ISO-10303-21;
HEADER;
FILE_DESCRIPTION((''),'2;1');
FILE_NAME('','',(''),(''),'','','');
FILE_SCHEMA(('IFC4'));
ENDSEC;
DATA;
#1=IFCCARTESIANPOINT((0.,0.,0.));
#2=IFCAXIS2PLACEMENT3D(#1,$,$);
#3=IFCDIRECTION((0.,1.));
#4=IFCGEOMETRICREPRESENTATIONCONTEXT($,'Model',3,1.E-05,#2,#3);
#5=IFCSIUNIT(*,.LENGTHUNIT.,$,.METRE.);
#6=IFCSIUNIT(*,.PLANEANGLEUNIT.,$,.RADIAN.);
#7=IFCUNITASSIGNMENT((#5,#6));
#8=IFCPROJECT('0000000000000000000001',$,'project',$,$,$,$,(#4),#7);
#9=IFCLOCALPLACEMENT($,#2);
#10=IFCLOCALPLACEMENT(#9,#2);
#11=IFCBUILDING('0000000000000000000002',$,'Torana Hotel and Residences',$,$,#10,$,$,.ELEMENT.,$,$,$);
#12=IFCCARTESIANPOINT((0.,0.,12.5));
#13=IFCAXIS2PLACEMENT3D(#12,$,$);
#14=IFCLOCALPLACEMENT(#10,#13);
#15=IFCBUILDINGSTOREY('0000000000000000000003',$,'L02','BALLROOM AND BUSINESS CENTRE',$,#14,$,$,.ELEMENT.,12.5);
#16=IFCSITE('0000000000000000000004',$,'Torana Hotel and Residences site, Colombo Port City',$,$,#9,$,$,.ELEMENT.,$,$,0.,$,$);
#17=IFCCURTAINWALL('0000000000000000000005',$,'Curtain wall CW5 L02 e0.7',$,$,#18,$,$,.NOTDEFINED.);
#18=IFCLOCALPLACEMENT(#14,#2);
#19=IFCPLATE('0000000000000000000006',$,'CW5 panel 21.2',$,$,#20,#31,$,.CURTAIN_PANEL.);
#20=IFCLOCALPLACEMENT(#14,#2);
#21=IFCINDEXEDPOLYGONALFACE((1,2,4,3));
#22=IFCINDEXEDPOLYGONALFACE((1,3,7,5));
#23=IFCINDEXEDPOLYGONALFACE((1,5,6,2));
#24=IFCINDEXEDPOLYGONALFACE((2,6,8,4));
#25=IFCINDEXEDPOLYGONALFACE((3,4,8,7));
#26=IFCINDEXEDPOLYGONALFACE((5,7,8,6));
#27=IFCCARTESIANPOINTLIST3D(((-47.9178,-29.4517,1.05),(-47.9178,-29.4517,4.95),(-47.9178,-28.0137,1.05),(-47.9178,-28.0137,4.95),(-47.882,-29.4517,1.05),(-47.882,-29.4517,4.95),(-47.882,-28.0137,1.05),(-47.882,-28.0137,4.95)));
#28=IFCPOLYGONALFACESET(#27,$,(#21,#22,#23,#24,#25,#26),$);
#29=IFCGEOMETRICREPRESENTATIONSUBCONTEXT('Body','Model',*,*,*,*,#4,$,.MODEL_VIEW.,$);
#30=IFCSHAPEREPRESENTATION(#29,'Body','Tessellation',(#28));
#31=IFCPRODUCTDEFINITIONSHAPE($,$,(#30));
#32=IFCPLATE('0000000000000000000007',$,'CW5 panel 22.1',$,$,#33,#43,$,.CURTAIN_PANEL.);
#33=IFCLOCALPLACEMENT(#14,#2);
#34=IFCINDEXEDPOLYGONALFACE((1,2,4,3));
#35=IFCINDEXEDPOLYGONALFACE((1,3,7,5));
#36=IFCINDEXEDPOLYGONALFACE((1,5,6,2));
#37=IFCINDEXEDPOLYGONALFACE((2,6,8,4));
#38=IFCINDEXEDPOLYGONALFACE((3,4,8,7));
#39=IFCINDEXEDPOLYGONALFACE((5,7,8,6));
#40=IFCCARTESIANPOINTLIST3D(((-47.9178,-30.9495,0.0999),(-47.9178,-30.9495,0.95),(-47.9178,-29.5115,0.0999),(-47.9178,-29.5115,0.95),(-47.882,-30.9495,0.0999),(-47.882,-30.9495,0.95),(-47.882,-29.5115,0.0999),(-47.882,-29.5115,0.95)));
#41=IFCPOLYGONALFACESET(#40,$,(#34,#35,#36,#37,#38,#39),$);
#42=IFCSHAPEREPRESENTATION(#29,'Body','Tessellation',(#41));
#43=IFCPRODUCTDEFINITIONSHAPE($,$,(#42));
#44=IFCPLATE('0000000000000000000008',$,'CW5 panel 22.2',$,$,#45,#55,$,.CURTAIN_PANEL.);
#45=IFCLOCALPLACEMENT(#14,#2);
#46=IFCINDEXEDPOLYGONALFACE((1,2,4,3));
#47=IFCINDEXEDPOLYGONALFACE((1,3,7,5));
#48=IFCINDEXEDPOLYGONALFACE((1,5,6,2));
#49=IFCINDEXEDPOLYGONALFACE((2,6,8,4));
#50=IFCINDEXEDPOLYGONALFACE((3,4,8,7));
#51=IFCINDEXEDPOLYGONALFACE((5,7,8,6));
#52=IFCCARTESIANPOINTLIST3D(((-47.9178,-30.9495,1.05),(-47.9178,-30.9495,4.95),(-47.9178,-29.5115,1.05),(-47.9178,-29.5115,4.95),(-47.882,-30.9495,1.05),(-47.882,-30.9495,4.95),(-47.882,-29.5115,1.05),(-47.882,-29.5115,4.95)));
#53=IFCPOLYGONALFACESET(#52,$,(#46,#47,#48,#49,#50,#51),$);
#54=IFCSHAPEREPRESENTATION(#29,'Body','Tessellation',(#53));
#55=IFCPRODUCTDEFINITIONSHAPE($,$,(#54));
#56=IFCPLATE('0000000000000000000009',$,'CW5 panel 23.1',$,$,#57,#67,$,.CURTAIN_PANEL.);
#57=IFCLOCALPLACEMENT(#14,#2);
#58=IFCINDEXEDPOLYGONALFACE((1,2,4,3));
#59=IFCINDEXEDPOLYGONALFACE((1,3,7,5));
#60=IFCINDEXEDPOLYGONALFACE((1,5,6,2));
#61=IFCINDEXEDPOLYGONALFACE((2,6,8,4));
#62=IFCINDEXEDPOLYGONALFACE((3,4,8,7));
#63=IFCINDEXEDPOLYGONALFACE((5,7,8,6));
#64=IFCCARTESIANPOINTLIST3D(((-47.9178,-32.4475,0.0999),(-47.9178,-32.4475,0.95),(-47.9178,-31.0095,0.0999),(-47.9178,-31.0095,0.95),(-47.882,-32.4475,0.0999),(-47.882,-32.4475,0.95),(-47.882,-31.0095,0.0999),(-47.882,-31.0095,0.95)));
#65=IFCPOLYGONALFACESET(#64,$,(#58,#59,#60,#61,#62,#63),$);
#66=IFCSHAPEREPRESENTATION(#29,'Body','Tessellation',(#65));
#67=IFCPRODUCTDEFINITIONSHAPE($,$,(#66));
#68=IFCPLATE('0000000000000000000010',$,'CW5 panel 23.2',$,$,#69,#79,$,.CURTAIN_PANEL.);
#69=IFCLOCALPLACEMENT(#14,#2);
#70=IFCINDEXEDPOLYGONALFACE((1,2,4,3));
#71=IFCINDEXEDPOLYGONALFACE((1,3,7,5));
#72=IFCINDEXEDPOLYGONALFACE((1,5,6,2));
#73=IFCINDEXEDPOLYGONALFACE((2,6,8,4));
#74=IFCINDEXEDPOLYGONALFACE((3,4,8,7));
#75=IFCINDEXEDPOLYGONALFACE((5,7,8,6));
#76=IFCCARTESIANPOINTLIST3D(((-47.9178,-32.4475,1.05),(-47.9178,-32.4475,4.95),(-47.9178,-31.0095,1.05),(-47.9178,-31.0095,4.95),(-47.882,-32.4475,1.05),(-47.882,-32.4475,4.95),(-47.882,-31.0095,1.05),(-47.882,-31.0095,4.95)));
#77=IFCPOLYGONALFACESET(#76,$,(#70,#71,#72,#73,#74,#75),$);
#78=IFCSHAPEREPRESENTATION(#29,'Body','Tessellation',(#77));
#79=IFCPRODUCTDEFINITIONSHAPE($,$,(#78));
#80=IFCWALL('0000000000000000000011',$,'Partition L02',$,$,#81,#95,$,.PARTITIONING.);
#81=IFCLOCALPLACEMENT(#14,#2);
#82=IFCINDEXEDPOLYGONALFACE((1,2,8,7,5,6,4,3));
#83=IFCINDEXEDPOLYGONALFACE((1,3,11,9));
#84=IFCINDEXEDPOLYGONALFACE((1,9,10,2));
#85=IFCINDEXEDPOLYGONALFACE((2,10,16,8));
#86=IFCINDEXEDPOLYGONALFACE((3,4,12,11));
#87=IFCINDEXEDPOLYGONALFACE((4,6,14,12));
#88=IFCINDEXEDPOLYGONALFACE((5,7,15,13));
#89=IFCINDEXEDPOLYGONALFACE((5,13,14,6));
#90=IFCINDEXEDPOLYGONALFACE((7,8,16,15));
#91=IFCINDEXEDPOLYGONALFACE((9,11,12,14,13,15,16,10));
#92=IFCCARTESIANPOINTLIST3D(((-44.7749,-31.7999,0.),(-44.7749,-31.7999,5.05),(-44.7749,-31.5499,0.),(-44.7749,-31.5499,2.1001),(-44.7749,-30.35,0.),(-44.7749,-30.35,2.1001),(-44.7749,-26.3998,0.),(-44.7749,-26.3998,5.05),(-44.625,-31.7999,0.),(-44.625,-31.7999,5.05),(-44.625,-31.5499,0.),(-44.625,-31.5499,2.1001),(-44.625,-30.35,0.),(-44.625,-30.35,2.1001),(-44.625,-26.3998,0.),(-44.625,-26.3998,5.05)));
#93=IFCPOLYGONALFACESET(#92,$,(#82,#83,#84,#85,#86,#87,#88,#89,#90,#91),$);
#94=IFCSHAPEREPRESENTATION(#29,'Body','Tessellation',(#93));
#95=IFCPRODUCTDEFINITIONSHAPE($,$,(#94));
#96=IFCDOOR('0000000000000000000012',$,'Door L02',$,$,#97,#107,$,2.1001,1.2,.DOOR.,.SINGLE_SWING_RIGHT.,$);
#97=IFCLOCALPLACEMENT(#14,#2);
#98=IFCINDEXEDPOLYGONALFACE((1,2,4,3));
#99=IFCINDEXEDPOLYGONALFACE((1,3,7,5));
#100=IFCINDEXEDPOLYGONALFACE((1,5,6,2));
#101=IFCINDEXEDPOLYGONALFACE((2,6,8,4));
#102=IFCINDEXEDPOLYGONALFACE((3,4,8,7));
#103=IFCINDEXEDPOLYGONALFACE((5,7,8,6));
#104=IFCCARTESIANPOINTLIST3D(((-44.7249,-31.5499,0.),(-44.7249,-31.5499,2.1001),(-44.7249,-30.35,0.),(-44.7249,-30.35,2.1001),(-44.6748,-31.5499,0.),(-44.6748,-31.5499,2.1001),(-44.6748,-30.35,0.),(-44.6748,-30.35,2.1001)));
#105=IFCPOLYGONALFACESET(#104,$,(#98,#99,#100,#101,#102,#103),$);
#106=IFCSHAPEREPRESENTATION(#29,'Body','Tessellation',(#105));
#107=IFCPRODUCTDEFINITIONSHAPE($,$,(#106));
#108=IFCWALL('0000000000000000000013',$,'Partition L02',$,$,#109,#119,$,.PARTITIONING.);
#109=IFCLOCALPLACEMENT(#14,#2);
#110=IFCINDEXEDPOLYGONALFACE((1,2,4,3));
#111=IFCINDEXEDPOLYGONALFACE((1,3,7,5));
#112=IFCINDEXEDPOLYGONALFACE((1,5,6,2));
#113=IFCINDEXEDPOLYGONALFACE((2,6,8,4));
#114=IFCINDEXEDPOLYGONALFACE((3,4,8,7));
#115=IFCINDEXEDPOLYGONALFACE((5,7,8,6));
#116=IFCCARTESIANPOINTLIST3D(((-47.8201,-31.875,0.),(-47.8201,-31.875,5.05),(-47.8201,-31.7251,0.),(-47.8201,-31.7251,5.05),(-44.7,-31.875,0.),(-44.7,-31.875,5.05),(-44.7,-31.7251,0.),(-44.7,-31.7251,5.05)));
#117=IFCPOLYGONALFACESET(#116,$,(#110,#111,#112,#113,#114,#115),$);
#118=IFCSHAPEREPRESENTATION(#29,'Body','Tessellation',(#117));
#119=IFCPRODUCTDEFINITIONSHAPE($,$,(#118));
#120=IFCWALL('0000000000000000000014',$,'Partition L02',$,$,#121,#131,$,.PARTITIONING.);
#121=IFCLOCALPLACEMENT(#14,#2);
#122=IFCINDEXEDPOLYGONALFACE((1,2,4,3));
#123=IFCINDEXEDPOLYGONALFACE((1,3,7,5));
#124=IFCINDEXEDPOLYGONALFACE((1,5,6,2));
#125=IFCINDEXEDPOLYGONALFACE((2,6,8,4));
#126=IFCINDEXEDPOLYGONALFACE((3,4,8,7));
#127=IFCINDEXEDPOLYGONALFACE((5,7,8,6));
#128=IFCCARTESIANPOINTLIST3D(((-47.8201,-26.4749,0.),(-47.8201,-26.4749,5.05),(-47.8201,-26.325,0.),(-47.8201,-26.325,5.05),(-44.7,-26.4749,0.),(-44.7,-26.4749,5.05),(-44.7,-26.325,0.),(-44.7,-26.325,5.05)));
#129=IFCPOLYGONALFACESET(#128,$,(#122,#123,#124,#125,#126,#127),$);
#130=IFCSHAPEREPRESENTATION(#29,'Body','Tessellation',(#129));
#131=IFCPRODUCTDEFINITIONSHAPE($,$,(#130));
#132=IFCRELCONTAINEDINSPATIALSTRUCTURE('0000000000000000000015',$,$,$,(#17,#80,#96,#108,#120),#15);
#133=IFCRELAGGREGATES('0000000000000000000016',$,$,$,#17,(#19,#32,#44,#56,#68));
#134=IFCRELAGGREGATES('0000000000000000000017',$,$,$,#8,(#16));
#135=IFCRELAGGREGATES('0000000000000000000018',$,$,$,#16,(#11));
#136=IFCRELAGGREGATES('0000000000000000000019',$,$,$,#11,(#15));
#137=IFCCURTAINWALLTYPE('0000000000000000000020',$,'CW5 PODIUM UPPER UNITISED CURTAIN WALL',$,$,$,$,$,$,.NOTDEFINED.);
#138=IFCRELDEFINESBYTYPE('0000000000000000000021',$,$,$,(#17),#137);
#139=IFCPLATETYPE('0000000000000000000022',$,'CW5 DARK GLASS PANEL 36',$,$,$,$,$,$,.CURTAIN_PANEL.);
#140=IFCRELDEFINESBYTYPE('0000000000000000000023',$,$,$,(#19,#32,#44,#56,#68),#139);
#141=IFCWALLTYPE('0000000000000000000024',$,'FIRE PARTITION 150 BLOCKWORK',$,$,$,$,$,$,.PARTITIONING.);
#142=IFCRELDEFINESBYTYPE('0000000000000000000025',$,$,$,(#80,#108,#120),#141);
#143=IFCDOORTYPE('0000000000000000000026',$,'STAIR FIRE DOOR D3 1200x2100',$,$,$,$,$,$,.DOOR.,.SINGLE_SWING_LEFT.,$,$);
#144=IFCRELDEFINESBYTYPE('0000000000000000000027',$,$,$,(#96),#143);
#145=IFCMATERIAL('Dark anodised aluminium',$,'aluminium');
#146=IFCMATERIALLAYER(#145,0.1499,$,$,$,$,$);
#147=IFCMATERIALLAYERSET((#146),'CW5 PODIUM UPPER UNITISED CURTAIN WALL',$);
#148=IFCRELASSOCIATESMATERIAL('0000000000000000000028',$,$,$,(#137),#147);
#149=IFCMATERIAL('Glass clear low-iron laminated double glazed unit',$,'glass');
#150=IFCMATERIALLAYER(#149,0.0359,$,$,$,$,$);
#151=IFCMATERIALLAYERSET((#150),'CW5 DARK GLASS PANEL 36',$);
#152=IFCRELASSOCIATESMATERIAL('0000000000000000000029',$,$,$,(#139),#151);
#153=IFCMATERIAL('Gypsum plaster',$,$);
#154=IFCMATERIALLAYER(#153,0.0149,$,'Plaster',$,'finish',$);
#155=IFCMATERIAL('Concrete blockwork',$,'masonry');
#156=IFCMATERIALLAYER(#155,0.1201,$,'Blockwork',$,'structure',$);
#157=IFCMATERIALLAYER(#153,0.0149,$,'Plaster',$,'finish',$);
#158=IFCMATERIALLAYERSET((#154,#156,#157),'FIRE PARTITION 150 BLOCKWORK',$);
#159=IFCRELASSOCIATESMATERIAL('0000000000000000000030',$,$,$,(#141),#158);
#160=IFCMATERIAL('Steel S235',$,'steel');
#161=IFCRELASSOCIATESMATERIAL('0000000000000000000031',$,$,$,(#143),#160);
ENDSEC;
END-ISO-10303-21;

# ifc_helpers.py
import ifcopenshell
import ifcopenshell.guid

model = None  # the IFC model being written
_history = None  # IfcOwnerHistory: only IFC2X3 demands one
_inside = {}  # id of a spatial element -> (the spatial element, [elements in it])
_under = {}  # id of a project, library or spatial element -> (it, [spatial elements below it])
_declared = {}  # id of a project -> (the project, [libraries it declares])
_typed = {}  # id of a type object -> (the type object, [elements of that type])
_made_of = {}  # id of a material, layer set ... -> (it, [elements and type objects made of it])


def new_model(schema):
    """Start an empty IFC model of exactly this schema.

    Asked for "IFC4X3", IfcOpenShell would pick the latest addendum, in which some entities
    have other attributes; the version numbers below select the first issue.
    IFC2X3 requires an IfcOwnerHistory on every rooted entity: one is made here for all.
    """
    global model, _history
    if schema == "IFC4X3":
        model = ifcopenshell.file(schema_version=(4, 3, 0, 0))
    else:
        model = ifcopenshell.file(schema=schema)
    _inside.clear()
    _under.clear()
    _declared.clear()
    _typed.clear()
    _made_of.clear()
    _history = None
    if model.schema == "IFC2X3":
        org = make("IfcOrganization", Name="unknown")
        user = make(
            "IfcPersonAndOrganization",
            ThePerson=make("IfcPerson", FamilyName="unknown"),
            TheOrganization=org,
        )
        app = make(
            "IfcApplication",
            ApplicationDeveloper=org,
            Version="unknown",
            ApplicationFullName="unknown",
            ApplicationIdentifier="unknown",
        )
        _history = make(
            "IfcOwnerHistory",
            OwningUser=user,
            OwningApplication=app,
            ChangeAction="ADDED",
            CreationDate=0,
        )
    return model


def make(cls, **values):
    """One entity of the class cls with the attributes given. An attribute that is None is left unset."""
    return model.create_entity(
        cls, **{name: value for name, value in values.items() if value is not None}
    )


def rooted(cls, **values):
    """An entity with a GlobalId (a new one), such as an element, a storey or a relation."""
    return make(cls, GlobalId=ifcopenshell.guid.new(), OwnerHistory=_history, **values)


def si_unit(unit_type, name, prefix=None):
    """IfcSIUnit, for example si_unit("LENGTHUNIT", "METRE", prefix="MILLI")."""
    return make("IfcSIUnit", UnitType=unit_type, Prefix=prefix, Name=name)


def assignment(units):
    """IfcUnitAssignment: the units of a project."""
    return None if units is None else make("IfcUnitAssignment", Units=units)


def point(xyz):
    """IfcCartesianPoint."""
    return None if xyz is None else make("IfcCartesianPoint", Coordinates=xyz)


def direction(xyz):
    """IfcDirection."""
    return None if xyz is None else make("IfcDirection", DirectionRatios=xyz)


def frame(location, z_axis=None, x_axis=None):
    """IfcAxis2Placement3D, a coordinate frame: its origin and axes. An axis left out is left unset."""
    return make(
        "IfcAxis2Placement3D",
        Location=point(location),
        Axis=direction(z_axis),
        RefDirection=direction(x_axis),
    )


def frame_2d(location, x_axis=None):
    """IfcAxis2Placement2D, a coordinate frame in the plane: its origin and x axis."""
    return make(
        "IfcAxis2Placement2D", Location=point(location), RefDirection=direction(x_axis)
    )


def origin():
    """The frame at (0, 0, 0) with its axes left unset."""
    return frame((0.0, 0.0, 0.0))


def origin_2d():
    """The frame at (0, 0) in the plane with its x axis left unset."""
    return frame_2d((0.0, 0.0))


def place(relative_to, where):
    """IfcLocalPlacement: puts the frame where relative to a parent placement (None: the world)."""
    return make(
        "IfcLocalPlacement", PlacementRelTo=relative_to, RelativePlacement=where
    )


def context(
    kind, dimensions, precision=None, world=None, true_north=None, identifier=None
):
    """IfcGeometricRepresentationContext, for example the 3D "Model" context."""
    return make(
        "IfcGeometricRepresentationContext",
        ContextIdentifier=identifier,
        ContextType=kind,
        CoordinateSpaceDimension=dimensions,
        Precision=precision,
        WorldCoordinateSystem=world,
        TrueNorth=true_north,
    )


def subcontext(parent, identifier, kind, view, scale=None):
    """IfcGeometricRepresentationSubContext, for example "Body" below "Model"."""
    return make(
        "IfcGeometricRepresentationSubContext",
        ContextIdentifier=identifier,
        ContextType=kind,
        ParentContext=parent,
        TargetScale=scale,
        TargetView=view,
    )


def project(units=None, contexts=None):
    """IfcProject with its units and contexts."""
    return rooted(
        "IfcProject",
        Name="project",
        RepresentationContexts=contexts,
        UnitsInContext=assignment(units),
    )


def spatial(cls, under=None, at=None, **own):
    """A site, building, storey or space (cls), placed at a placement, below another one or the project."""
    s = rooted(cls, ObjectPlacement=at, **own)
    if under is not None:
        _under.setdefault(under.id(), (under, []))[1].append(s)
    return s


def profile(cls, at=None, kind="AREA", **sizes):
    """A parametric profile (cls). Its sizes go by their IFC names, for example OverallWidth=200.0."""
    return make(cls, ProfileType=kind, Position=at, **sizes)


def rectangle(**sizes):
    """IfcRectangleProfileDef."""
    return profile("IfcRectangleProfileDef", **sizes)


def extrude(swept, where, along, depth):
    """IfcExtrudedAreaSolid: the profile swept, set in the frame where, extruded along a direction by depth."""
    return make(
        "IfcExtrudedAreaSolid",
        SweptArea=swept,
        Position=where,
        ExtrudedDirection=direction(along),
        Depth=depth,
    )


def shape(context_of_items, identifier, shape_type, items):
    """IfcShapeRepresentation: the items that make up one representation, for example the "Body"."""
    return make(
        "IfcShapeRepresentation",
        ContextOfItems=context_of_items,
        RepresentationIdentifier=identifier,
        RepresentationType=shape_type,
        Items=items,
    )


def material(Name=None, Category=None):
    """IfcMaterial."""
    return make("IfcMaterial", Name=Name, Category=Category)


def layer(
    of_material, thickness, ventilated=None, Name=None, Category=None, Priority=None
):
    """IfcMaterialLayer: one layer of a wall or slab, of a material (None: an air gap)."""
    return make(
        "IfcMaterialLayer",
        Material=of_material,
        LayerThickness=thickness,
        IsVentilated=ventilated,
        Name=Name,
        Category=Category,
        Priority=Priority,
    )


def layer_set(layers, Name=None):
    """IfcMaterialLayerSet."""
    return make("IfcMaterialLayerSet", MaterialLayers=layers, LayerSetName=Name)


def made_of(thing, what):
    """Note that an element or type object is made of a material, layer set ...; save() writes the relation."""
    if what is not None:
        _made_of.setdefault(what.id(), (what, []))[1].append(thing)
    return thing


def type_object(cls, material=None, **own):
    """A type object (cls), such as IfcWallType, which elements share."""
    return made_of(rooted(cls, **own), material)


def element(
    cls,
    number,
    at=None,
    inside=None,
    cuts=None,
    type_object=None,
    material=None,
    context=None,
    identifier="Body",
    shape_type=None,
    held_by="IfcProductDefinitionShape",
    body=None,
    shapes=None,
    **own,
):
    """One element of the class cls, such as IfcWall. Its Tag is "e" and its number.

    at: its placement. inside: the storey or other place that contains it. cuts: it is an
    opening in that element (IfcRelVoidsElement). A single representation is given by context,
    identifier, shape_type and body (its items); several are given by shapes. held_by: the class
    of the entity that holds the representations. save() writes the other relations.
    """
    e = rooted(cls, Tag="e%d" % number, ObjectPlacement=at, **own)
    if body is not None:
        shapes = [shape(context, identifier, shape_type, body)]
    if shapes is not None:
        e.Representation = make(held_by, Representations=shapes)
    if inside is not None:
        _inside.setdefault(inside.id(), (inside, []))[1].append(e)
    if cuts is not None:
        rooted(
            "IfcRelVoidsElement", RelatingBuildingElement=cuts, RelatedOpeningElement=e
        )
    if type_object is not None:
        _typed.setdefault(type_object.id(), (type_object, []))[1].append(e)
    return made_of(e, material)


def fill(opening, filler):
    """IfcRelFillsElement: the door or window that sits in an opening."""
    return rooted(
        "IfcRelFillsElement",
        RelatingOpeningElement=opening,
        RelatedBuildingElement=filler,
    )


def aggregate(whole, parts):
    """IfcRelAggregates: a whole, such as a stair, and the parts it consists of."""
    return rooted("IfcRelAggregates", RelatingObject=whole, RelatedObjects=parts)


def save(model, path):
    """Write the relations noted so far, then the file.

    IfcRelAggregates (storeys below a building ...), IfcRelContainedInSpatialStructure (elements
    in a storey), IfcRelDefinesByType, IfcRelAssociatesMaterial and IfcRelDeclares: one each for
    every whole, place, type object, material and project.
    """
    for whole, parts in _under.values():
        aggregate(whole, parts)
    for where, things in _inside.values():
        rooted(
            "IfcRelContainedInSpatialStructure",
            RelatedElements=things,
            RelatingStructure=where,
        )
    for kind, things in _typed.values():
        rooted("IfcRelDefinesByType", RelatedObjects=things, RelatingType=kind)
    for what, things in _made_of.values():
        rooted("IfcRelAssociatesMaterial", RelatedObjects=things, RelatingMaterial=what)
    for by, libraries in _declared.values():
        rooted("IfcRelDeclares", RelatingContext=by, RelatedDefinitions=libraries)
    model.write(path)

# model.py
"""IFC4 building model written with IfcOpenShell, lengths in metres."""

from ifc_helpers import new_model, si_unit, direction, frame, frame_2d, origin, origin_2d, place, context, subcontext, project, spatial, rectangle, extrude, material, layer, layer_set, type_object, element, fill, aggregate, save


model = new_model("IFC4")

# Units and contexts
model_context = context("Model", 3, precision=1e-05, world=origin(), true_north=direction((0.0, 1.0)))
body_context = subcontext(model_context, "Body", "Model", "MODEL_VIEW")
ifc_project = project(units=[si_unit("LENGTHUNIT", "METRE"), si_unit("PLANEANGLEUNIT", "RADIAN")], contexts=[model_context])

# Site, building, storey
site_placement = place(None, origin())
site = spatial("IfcSite", under=ifc_project, at=site_placement, Name="Torana Hotel and Residences site, Colombo Port City", CompositionType="ELEMENT", RefElevation=0.0)
building_placement = place(site_placement, origin())
building = spatial("IfcBuilding", under=site, at=building_placement, Name="Torana Hotel and Residences", CompositionType="ELEMENT")
storey_placement = place(building_placement, frame((0.0, 0.0, 12.5)))
storey = spatial("IfcBuildingStorey", under=building, at=storey_placement, Name="L02", Description="BALLROOM AND BUSINESS CENTRE", CompositionType="ELEMENT", Elevation=12.5)

# Curtain wall, plates
ifc_material_1 = material(Name="Dark anodised aluminium", Category="aluminium")
ifc_layer_1 = layer(ifc_material_1, 0.1499)
ifc_layer_set_1 = layer_set([ifc_layer_1], Name="CW5 PODIUM UPPER UNITISED CURTAIN WALL")
curtain_wall_type = type_object("IfcCurtainWallType", Name="CW5 PODIUM UPPER UNITISED CURTAIN WALL", PredefinedType="NOTDEFINED", material=ifc_layer_set_1)
curtain_wall_placement = place(storey_placement, origin())
curtain_wall = element("IfcCurtainWall", 1, at=curtain_wall_placement, inside=storey, type_object=curtain_wall_type, Name="Curtain wall CW5 L02 e0.7", PredefinedType="NOTDEFINED")
ifc_material_2 = material(Name="Glass clear low-iron laminated double glazed unit", Category="glass")
ifc_layer_2 = layer(ifc_material_2, 0.0359)
ifc_layer_set_2 = layer_set([ifc_layer_2], Name="CW5 DARK GLASS PANEL 36")
plate_type = type_object("IfcPlateType", Name="CW5 DARK GLASS PANEL 36", PredefinedType="CURTAIN_PANEL", material=ifc_layer_set_2)
plate_1_placement = place(storey_placement, frame((-47.8999, -28.7327, 1.05), z_axis=(0.0, 0.0, 1.0), x_axis=(0.0, -1.0, 0.0)))
plate_1 = element("IfcPlate", 2, at=plate_1_placement, type_object=plate_type, Name="CW5 panel 21.2", PredefinedType="CURTAIN_PANEL", context=body_context, shape_type="SweptSolid", body=[
    extrude(rectangle(XDim=1.438, YDim=0.0359, at=origin_2d()), origin(), (0.0, 0.0, 1.0), 3.8999),
])
plate_2_placement = place(storey_placement, frame((-47.8999, -30.2305, 0.0999), z_axis=(0.0, 0.0, 1.0), x_axis=(0.0, -1.0, 0.0)))
plate_2 = element("IfcPlate", 3, at=plate_2_placement, type_object=plate_type, Name="CW5 panel 22.1", PredefinedType="CURTAIN_PANEL", context=body_context, shape_type="SweptSolid", body=[
    extrude(rectangle(XDim=1.438, YDim=0.0359, at=origin_2d()), origin(), (0.0, 0.0, 1.0), 0.8501),
])
plate_3_placement = place(storey_placement, frame((-47.8999, -30.2305, 1.05), z_axis=(0.0, 0.0, 1.0), x_axis=(0.0, -1.0, 0.0)))
plate_3 = element("IfcPlate", 4, at=plate_3_placement, type_object=plate_type, Name="CW5 panel 22.2", PredefinedType="CURTAIN_PANEL", context=body_context, shape_type="SweptSolid", body=[
    extrude(rectangle(XDim=1.438, YDim=0.0359, at=origin_2d()), origin(), (0.0, 0.0, 1.0), 3.8999),
])
plate_4_placement = place(storey_placement, frame((-47.8999, -31.7285, 0.0999), z_axis=(0.0, 0.0, 1.0), x_axis=(0.0, -1.0, 0.0)))
plate_4 = element("IfcPlate", 5, at=plate_4_placement, type_object=plate_type, Name="CW5 panel 23.1", PredefinedType="CURTAIN_PANEL", context=body_context, shape_type="SweptSolid", body=[
    extrude(rectangle(XDim=1.438, YDim=0.0359, at=origin_2d()), origin(), (0.0, 0.0, 1.0), 0.8501),
])
plate_5_placement = place(storey_placement, frame((-47.8999, -31.7285, 1.05), z_axis=(0.0, 0.0, 1.0), x_axis=(0.0, -1.0, 0.0)))
plate_5 = element("IfcPlate", 6, at=plate_5_placement, type_object=plate_type, Name="CW5 panel 23.2", PredefinedType="CURTAIN_PANEL", context=body_context, shape_type="SweptSolid", body=[
    extrude(rectangle(XDim=1.438, YDim=0.0359, at=origin_2d()), origin(), (0.0, 0.0, 1.0), 3.8999),
])
aggregate(curtain_wall, [plate_1, plate_2, plate_3, plate_4, plate_5])

# Wall, opening, door
ifc_material_3 = material(Name="Gypsum plaster")
ifc_layer_3 = layer(ifc_material_3, 0.0149, Name="Plaster", Category="finish")
ifc_material_4 = material(Name="Concrete blockwork", Category="masonry")
ifc_layer_4 = layer(ifc_material_4, 0.1201, Name="Blockwork", Category="structure")
ifc_layer_5 = layer(ifc_material_3, 0.0149, Name="Plaster", Category="finish")
ifc_layer_set_3 = layer_set([ifc_layer_3, ifc_layer_4, ifc_layer_5], Name="FIRE PARTITION 150 BLOCKWORK")
wall_type = type_object("IfcWallType", Name="FIRE PARTITION 150 BLOCKWORK", PredefinedType="PARTITIONING", material=ifc_layer_set_3)
wall_placement = place(storey_placement, frame((-44.7, -31.8, 0.0), z_axis=(0.0, 0.0, 1.0), x_axis=(0.0, 1.0, 0.0)))
wall = element("IfcWall", 7, at=wall_placement, inside=storey, type_object=wall_type, Name="Partition L02", PredefinedType="PARTITIONING", context=body_context, shape_type="SweptSolid", body=[
    extrude(rectangle(XDim=5.4001, YDim=0.1499, at=frame_2d((2.7002, 0.0))), origin(), (0.0, 0.0, 1.0), 5.05),
])
opening_placement = place(wall_placement, frame((0.25, 0.0, 0.0)))
opening = element("IfcOpeningElement", 8, at=opening_placement, cuts=wall, PredefinedType="OPENING", context=body_context, shape_type="SweptSolid", body=[
    extrude(rectangle(XDim=1.2, YDim=2.1001, at=frame_2d((0.6001, 1.05))), frame((0.0, 0.085, 0.0), z_axis=(0.0, -1.0, 0.0), x_axis=(1.0, 0.0, 0.0)), (0.0, 0.0, 1.0), 0.1699),
])
ifc_material_5 = material(Name="Steel S235", Category="steel")
door_type = type_object("IfcDoorType", Name="STAIR FIRE DOOR D3 1200x2100", OperationType="SINGLE_SWING_LEFT", PredefinedType="DOOR", material=ifc_material_5)
door_placement = place(opening_placement, origin())
door = element("IfcDoor", 9, at=door_placement, inside=storey, type_object=door_type, Name="Door L02", OperationType="SINGLE_SWING_RIGHT", OverallHeight=2.1001, OverallWidth=1.2, PredefinedType="DOOR", context=body_context, shape_type="SweptSolid", body=[
    extrude(rectangle(XDim=1.2, YDim=2.1001, at=frame_2d((0.6001, 1.05))), frame((0.0, 0.0249, 0.0), z_axis=(0.0, -1.0, 0.0), x_axis=(1.0, 0.0, 0.0)), (0.0, 0.0, 1.0), 0.05),
])
fill(opening, door)

# Walls
for number, where, z_axis, x_axis, name in (
    (10, (-47.8201, -31.8, 0.0), (0.0, 0.0, 1.0), (1.0, 0.0, 0.0), "Partition L02"),
    (11, (-47.8201, -26.3999, 0.0), (0.0, 0.0, 1.0), (1.0, 0.0, 0.0), "Partition L02"),
):
    element("IfcWall", number, at=place(storey_placement, frame(where, z_axis=z_axis, x_axis=x_axis)), inside=storey, type_object=wall_type, Name=name, PredefinedType="PARTITIONING", context=body_context, shape_type="SweptSolid", body=[
        extrude(rectangle(XDim=3.1201, YDim=0.1499, at=frame_2d((1.5601, 0.0))), origin(), (0.0, 0.0, 1.0), 5.05),
    ])

save(model, "model.ifc")
